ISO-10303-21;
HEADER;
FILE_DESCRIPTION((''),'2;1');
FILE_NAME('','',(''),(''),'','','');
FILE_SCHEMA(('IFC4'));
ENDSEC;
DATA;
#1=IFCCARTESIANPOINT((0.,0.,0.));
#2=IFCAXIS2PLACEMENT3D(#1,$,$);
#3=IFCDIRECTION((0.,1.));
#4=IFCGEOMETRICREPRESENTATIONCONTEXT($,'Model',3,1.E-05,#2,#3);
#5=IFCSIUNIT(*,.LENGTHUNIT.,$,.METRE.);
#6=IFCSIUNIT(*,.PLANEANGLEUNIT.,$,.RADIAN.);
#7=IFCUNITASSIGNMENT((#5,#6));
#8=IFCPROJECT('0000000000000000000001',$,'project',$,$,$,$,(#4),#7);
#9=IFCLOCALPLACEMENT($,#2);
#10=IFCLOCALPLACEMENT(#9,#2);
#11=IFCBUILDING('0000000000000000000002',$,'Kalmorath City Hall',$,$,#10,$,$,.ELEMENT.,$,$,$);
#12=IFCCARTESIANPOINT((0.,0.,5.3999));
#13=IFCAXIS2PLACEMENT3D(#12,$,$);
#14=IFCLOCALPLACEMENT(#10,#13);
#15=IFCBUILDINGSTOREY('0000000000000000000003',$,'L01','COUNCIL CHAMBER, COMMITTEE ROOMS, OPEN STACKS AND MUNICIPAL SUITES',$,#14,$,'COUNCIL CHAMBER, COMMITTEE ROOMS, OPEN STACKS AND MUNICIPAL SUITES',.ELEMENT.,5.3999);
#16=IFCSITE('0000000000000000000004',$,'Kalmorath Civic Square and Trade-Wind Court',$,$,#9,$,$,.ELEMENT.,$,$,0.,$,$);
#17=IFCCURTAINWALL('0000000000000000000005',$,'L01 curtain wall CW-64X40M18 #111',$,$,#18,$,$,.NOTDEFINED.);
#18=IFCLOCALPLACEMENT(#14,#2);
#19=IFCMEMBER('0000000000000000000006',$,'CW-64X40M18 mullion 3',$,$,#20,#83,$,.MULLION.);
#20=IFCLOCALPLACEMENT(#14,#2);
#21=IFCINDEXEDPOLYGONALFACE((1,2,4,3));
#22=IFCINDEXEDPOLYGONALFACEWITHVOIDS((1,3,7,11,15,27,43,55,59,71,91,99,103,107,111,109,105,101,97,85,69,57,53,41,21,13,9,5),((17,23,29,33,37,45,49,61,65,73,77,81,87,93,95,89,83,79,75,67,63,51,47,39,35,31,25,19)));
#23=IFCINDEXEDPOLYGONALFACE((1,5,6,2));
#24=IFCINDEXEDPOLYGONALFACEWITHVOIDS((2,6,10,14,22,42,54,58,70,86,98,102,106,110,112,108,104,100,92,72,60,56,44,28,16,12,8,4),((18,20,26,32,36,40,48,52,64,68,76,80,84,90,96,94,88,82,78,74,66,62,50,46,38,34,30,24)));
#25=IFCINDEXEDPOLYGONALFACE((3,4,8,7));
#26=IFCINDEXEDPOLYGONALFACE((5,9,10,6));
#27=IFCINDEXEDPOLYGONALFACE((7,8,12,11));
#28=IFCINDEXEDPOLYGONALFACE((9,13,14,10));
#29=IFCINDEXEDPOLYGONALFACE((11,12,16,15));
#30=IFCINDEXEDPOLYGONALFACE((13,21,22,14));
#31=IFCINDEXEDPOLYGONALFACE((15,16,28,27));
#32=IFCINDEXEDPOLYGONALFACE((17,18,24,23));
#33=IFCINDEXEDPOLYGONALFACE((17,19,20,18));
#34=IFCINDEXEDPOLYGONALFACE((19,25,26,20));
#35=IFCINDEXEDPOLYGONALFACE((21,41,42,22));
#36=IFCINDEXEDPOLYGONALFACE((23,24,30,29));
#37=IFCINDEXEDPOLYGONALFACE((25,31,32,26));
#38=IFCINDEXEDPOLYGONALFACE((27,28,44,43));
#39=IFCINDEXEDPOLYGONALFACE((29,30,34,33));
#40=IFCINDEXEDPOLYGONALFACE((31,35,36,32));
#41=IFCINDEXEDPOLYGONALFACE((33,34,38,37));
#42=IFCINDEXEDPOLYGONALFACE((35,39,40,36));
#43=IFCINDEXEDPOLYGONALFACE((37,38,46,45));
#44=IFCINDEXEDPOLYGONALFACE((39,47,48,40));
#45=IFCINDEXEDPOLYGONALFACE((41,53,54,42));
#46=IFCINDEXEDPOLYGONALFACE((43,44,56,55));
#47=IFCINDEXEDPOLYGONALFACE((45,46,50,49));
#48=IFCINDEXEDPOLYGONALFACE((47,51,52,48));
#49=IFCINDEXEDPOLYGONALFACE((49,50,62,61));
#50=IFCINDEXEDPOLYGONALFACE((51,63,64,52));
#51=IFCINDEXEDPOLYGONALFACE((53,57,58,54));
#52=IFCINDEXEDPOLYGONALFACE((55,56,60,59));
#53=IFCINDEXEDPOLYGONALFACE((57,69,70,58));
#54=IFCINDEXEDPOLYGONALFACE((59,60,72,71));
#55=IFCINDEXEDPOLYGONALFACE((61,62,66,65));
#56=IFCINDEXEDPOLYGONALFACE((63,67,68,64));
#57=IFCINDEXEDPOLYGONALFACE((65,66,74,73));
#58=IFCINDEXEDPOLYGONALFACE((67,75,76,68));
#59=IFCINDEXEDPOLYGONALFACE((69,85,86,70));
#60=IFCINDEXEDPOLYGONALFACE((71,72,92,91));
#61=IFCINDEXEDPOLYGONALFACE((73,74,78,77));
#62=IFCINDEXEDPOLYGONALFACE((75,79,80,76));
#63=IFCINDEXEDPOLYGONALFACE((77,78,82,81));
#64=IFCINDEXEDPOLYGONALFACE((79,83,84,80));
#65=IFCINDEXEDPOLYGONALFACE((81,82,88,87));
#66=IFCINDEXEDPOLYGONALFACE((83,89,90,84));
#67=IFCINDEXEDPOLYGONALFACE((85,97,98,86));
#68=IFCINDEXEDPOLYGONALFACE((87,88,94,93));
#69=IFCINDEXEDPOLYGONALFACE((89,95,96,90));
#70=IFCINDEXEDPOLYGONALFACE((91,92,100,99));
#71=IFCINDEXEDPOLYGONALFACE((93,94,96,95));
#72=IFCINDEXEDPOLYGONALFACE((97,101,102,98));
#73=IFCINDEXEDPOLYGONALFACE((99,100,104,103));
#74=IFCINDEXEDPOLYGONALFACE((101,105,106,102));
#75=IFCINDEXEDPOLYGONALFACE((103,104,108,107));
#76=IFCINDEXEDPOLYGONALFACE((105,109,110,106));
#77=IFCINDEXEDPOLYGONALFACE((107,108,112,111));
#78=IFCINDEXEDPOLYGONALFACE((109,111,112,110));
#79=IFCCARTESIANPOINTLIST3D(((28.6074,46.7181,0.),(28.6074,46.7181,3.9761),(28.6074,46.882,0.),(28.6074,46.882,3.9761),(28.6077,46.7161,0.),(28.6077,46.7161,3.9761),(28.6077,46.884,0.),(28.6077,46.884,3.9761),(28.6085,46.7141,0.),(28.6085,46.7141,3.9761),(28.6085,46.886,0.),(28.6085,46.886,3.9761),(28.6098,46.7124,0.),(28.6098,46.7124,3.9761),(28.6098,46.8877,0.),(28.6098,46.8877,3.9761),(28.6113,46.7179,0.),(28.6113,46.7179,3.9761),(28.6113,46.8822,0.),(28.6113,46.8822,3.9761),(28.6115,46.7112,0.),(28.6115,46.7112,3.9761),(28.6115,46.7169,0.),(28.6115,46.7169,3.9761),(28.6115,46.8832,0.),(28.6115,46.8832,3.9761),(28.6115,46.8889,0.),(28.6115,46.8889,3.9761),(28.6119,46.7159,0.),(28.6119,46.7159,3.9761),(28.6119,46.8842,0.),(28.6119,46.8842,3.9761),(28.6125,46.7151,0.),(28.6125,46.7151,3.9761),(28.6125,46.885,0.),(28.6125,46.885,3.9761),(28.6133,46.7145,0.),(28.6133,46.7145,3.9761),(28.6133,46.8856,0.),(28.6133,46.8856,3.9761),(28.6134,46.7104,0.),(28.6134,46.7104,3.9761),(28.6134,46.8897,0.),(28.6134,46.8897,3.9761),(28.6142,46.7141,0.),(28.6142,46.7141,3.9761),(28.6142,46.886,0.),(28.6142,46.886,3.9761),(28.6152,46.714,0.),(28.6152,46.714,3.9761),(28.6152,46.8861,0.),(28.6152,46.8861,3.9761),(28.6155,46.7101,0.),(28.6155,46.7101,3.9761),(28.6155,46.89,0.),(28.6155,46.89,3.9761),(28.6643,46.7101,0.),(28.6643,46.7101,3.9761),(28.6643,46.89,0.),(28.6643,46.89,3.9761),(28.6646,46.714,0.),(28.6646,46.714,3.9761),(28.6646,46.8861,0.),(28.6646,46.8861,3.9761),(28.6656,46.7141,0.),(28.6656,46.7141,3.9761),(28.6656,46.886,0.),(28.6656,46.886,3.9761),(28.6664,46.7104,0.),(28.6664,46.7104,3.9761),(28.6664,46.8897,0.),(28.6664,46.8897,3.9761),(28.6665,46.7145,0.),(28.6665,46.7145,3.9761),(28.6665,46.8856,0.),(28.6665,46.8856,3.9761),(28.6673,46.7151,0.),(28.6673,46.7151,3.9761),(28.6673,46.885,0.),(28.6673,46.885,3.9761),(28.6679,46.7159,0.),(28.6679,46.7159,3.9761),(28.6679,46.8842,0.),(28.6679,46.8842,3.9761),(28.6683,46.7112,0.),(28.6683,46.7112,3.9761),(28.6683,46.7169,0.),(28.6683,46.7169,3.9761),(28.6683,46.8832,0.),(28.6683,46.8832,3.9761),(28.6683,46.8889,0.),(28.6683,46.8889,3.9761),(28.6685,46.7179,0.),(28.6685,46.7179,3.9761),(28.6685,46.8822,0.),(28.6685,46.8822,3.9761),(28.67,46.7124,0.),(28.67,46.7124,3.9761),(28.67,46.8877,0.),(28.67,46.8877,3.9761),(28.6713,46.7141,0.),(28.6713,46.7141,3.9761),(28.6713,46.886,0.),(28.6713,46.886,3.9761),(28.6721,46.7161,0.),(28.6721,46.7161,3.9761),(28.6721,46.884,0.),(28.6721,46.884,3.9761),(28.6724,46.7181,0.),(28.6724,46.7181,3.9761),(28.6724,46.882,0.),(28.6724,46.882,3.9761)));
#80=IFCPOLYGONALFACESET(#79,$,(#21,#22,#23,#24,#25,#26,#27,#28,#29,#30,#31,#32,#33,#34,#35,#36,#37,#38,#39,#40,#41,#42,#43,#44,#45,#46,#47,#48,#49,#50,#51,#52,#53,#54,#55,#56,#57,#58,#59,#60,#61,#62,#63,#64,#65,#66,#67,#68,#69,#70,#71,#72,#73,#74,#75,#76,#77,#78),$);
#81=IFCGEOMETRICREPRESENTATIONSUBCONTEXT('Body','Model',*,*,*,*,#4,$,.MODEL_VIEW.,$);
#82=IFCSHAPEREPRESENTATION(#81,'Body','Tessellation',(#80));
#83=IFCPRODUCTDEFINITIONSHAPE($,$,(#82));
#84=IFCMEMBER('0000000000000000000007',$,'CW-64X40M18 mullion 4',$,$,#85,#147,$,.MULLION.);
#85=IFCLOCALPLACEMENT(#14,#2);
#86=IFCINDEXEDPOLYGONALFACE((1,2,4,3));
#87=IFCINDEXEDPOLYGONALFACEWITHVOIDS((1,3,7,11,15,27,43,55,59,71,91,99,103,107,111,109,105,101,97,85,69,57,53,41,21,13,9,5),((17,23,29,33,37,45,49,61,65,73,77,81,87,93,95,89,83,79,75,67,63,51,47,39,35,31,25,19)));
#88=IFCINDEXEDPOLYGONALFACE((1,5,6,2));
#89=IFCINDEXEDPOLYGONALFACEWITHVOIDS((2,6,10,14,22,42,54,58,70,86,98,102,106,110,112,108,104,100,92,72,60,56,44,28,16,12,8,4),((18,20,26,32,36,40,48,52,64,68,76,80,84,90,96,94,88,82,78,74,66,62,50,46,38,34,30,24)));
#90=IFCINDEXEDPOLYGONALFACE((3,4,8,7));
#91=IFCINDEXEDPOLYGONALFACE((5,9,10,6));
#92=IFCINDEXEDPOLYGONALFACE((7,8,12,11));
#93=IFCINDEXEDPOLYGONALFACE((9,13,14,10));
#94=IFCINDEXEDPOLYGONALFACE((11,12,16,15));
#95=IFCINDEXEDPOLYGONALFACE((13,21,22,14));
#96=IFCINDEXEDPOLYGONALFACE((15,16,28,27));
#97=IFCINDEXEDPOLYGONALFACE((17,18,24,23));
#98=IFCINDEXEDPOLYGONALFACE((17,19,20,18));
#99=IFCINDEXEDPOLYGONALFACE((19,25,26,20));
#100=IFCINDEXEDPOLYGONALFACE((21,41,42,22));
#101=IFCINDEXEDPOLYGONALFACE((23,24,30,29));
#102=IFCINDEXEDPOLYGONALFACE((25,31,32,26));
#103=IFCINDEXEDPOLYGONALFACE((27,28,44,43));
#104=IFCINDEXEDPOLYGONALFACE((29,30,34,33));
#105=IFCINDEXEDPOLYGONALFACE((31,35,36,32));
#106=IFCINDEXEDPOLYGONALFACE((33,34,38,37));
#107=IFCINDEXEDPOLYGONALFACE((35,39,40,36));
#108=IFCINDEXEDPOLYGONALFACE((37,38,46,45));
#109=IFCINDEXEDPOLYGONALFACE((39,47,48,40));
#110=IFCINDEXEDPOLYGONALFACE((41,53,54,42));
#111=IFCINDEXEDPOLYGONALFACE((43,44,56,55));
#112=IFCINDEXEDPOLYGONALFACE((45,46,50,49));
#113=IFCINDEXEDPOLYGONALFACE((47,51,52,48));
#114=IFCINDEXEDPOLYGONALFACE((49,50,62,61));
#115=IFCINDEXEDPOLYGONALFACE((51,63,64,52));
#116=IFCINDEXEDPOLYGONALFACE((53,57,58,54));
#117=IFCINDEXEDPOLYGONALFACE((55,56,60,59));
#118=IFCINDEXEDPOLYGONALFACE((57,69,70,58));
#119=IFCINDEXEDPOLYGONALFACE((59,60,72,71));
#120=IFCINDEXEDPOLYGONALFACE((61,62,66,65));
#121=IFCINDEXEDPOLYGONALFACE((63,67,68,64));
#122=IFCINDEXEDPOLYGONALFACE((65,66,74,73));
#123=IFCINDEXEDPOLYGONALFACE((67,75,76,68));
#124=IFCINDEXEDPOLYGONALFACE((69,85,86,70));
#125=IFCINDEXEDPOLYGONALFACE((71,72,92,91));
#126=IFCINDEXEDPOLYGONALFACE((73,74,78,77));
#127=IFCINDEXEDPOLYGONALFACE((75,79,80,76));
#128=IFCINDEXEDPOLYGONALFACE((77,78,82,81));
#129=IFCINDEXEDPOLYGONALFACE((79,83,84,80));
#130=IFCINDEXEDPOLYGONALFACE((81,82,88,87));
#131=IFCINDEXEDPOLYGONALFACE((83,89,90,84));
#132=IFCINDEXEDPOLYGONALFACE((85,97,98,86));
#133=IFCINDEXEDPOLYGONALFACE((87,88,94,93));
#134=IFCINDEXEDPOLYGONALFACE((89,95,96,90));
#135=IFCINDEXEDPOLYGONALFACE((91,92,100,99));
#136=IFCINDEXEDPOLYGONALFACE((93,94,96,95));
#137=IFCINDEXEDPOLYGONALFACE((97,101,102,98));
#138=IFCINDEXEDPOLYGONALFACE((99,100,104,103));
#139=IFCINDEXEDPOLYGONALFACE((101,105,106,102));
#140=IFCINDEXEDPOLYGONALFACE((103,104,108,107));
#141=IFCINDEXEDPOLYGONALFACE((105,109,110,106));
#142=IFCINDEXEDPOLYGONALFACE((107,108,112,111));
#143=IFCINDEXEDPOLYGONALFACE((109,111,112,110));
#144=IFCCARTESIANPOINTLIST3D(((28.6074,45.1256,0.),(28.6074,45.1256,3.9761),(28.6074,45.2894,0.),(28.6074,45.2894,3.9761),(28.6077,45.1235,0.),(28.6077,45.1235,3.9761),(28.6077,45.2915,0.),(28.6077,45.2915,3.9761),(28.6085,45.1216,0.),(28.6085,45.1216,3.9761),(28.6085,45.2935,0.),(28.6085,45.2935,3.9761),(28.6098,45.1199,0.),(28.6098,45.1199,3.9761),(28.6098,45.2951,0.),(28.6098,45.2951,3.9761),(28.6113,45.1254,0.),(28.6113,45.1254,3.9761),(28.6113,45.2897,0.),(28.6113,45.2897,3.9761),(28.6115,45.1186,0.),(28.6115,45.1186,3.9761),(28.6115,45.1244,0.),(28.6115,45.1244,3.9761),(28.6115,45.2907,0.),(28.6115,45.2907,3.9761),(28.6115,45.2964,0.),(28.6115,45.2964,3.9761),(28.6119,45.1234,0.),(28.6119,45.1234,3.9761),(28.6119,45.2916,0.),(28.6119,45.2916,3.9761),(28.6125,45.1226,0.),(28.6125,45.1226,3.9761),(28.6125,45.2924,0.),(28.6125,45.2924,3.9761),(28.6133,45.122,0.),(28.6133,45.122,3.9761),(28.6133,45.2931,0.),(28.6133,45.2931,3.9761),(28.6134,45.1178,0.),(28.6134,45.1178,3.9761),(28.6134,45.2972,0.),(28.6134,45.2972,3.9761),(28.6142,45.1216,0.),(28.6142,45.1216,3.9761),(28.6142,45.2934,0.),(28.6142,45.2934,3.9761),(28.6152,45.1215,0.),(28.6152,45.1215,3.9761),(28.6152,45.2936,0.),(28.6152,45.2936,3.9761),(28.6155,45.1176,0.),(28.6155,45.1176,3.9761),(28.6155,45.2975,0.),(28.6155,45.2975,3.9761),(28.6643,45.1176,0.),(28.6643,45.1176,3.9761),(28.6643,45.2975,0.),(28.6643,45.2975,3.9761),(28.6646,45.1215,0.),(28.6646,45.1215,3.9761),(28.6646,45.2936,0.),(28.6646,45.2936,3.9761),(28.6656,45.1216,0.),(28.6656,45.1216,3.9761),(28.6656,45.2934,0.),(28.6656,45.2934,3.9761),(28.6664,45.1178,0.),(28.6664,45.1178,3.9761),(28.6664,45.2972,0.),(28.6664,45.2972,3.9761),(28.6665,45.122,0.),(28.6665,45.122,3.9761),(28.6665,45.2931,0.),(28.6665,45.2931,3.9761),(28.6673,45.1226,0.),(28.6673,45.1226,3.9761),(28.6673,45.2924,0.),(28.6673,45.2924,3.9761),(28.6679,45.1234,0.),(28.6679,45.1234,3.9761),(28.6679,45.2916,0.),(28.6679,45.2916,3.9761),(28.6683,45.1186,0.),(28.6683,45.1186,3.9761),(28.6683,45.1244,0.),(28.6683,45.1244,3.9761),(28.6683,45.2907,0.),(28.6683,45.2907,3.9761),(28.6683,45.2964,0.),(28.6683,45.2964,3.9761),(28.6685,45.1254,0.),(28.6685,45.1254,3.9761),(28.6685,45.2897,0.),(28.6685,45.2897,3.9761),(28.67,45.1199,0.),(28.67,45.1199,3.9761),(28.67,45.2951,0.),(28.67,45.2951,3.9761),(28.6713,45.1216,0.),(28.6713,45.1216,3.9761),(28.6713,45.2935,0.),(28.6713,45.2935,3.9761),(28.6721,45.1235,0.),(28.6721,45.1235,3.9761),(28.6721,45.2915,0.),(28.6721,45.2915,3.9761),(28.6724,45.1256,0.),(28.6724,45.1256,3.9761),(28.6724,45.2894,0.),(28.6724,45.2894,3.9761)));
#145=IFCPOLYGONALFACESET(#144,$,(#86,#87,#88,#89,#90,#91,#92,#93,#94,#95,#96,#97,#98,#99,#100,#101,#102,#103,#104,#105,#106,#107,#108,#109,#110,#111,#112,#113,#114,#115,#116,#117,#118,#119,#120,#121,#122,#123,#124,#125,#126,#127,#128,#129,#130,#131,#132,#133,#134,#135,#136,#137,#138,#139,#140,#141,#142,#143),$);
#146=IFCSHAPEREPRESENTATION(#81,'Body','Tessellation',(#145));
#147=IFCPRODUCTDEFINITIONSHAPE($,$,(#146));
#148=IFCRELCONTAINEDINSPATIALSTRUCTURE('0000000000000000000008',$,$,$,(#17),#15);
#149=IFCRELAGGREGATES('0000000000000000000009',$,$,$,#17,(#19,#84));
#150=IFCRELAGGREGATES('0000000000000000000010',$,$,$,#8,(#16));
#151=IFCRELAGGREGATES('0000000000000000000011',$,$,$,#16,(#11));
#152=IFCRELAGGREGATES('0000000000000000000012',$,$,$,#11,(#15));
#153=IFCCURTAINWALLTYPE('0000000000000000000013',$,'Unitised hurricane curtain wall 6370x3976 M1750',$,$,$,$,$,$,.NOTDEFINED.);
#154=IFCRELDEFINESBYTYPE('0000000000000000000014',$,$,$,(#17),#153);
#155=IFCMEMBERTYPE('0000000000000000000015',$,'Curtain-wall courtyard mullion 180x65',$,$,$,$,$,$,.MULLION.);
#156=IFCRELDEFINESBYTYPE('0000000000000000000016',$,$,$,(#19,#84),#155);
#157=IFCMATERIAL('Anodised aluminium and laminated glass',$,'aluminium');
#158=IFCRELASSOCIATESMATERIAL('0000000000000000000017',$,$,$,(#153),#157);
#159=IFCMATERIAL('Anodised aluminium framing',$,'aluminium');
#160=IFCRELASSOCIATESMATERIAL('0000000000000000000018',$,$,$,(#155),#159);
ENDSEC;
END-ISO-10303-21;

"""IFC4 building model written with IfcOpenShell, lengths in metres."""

from ifc_helpers import new_model, si_unit, direction, frame, origin, origin_2d, place, context, subcontext, project, spatial, hollow_rectangle, extrude, material, material_profile, profile_set, type_object, element, aggregate, save


model = new_model("IFC4")

# Units and contexts
model_context = context("Model", 3, precision=1e-05, world=origin(), true_north=direction((0.0, 1.0)))
body_context = subcontext(model_context, "Body", "Model", "MODEL_VIEW")
ifc_project = project(units=[si_unit("LENGTHUNIT", "METRE"), si_unit("PLANEANGLEUNIT", "RADIAN")], contexts=[model_context])

# Site, building, storey
site_placement = place(None, origin())
site = spatial("IfcSite", under=ifc_project, at=site_placement, Name="Kalmorath Civic Square and Trade-Wind Court", CompositionType="ELEMENT", RefElevation=0.0)
building_placement = place(site_placement, origin())
building = spatial("IfcBuilding", under=site, at=building_placement, Name="Kalmorath City Hall", CompositionType="ELEMENT")
storey_placement = place(building_placement, frame((0.0, 0.0, 5.3999)))
storey = spatial("IfcBuildingStorey", under=building, at=storey_placement, Name="L01", Description="COUNCIL CHAMBER, COMMITTEE ROOMS, OPEN STACKS AND MUNICIPAL SUITES", LongName="COUNCIL CHAMBER, COMMITTEE ROOMS, OPEN STACKS AND MUNICIPAL SUITES", CompositionType="ELEMENT", Elevation=5.3999)

# Curtain wall, members
ifc_material_1 = material(Name="Anodised aluminium and laminated glass", Category="aluminium")
curtain_wall_type = type_object("IfcCurtainWallType", Name="Unitised hurricane curtain wall 6370x3976 M1750", PredefinedType="NOTDEFINED", material=ifc_material_1)
curtain_wall_placement = place(storey_placement, origin())
curtain_wall = element("IfcCurtainWall", 1, at=curtain_wall_placement, inside=storey, type_object=curtain_wall_type, Name="L01 curtain wall CW-64X40M18 #111", PredefinedType="NOTDEFINED")
ifc_material_2 = material(Name="Anodised aluminium framing", Category="aluminium")
ifc_material_profile_1 = material_profile(ifc_material_2, hollow_rectangle(XDim=0.0649, YDim=0.1799, WallThickness=0.0039, InnerFilletRadius=0.0039, OuterFilletRadius=0.0081, at=origin_2d()), Name="ALU-MUL-180X65X4")
ifc_profile_set_1 = profile_set([ifc_material_profile_1], Name="Anodised aluminium framing")
member_type_1 = type_object("IfcMemberType", Name="Curtain-wall courtyard mullion 180x65", PredefinedType="MULLION", material=ifc_profile_set_1)
member_1_placement = place(storey_placement, frame((28.6399, 46.8, 0.0), z_axis=(0.0, 0.0, 1.0), x_axis=(1.0, 0.0, 0.0)))
member_1 = element("IfcMember", 2, at=member_1_placement, type_object=member_type_1, Name="CW-64X40M18 mullion 3", PredefinedType="MULLION", context=body_context, shape_type="SweptSolid", body=[
    extrude(hollow_rectangle(XDim=0.0649, YDim=0.1799, WallThickness=0.0039, InnerFilletRadius=0.0039, OuterFilletRadius=0.0081, at=origin_2d()), origin(), (0.0, 0.0, 1.0), 3.9761),
])
member_2_placement = place(storey_placement, frame((28.6399, 45.2075, 0.0), z_axis=(0.0, 0.0, 1.0), x_axis=(1.0, 0.0, 0.0)))
member_2 = element("IfcMember", 3, at=member_2_placement, type_object=member_type_1, Name="CW-64X40M18 mullion 4", PredefinedType="MULLION", context=body_context, shape_type="SweptSolid", body=[
    extrude(hollow_rectangle(XDim=0.0649, YDim=0.1799, WallThickness=0.0039, InnerFilletRadius=0.0039, OuterFilletRadius=0.0081, at=origin_2d()), origin(), (0.0, 0.0, 1.0), 3.9761),
])
aggregate(curtain_wall, [member_1, member_2])

save(model, "model.ifc")
